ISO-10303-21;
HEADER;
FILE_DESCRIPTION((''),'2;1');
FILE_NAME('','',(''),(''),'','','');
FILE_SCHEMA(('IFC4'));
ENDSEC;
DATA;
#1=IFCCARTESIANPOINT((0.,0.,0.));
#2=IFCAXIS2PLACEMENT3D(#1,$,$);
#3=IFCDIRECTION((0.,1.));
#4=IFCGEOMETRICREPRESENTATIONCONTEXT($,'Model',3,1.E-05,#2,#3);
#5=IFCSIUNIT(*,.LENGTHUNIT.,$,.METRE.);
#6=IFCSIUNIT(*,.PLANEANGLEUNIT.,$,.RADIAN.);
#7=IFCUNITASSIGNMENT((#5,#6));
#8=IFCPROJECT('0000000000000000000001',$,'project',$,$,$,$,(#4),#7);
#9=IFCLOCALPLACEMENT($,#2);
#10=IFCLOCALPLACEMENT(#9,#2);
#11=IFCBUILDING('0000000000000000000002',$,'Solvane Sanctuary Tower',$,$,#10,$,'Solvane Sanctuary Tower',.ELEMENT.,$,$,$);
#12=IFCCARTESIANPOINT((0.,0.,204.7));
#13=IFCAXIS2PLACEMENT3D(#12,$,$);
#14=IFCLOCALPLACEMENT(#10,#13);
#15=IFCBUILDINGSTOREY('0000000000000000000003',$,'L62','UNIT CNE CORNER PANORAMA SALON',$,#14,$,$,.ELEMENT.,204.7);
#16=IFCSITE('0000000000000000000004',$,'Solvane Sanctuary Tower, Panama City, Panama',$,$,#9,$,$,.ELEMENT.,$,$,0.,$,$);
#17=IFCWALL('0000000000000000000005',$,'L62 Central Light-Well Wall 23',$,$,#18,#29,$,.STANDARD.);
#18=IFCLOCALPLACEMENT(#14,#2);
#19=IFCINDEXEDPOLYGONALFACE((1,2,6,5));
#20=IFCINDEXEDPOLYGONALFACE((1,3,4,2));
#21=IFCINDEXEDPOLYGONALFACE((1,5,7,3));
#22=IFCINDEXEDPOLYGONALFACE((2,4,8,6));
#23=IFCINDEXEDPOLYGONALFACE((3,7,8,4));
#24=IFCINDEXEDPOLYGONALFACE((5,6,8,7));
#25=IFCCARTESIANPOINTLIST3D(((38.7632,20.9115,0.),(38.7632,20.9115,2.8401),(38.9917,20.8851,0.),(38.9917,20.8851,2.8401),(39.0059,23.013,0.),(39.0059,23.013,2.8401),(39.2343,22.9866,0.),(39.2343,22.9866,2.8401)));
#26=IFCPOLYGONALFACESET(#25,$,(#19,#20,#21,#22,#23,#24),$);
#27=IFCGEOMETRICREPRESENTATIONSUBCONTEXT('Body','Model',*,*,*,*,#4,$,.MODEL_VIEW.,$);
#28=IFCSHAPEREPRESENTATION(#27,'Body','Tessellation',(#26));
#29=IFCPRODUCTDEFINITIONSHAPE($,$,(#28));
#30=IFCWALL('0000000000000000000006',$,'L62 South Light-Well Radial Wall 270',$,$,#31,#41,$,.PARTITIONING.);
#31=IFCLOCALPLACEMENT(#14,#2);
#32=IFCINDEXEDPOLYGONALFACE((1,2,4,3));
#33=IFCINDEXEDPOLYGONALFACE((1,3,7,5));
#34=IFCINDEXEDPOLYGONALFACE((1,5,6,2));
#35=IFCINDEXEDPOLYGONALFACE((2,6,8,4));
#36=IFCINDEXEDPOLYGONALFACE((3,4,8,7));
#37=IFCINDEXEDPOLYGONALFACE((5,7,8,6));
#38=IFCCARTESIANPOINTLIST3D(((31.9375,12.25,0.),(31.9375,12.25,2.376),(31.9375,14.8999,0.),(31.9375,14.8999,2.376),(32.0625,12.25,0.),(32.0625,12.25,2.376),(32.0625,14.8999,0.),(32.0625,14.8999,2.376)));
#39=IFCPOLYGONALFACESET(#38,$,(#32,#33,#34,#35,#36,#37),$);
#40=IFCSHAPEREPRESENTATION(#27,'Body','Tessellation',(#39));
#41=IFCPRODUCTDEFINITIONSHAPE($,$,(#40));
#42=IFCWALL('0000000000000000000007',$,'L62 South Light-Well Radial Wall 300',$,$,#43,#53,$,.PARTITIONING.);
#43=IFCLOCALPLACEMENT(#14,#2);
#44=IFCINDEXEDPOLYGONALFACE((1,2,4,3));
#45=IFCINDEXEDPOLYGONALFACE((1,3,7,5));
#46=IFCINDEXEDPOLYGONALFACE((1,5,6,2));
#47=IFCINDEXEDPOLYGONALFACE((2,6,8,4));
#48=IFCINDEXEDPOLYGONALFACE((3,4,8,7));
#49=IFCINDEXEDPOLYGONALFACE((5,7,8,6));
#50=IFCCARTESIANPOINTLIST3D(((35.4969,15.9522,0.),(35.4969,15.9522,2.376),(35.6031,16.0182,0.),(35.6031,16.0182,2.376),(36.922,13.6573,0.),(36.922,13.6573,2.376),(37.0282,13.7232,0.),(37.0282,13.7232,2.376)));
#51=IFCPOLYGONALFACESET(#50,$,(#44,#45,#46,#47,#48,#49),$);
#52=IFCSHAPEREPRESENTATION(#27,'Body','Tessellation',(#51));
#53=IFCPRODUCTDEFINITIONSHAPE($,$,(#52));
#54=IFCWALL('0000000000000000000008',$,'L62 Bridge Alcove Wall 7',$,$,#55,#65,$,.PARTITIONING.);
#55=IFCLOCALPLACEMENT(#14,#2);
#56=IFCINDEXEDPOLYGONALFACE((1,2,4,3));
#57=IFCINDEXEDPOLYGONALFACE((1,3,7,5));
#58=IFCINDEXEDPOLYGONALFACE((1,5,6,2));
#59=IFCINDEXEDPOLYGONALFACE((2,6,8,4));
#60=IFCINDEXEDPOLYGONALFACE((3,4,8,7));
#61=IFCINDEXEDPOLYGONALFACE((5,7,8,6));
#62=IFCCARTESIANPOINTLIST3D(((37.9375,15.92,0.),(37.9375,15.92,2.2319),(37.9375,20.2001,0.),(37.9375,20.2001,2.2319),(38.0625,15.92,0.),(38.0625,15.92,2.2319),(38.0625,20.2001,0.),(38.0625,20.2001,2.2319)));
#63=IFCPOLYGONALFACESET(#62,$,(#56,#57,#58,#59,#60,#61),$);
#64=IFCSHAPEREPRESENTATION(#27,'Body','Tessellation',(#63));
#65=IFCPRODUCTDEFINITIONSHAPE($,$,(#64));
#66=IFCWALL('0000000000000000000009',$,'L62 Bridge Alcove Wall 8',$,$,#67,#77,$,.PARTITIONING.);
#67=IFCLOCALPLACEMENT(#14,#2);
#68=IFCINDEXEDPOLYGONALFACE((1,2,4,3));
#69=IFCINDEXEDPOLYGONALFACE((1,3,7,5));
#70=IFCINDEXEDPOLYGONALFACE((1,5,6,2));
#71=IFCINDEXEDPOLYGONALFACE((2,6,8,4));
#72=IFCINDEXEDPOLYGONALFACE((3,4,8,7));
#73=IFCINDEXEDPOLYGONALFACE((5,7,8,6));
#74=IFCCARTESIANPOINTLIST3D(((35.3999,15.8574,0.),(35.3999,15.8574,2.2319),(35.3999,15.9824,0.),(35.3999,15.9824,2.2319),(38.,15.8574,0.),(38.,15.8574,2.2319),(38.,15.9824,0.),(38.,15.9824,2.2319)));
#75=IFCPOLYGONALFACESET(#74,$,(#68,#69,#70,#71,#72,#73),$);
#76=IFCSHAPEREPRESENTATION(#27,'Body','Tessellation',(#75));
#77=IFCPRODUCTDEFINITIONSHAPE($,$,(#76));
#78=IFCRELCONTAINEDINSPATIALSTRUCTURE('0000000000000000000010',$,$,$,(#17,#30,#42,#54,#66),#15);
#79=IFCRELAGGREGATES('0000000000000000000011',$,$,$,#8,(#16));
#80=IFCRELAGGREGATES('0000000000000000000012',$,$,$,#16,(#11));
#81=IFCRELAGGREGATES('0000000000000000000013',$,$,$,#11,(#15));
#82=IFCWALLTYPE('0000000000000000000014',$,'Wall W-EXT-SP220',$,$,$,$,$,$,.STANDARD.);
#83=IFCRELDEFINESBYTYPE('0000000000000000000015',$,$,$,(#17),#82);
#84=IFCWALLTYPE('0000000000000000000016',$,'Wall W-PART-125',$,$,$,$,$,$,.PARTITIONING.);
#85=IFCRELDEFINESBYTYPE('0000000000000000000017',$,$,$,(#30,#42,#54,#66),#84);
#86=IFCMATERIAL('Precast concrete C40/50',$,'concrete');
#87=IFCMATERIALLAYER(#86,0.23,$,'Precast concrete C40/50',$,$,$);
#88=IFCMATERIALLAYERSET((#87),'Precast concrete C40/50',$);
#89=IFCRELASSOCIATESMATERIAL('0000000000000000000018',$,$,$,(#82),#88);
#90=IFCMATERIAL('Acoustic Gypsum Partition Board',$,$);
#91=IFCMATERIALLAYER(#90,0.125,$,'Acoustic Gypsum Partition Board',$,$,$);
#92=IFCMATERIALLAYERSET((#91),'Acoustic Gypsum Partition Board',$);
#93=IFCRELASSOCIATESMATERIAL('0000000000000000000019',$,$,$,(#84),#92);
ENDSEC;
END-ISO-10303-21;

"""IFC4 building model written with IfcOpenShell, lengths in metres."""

from ifc_helpers import new_model, si_unit, direction, frame, frame_2d, origin, place, context, subcontext, project, spatial, rectangle, extrude, material, layer, layer_set, type_object, element, save


model = new_model("IFC4")

# Units and contexts
model_context = context("Model", 3, precision=1e-05, world=origin(), true_north=direction((0.0, 1.0)))
body_context = subcontext(model_context, "Body", "Model", "MODEL_VIEW")
ifc_project = project(units=[si_unit("LENGTHUNIT", "METRE"), si_unit("PLANEANGLEUNIT", "RADIAN")], contexts=[model_context])

# Site, building, storey
site_placement = place(None, origin())
site = spatial("IfcSite", under=ifc_project, at=site_placement, Name="Solvane Sanctuary Tower, Panama City, Panama", CompositionType="ELEMENT", RefElevation=0.0)
building_placement = place(site_placement, origin())
building = spatial("IfcBuilding", under=site, at=building_placement, Name="Solvane Sanctuary Tower", LongName="Solvane Sanctuary Tower", CompositionType="ELEMENT")
storey_placement = place(building_placement, frame((0.0, 0.0, 204.7)))
storey = spatial("IfcBuildingStorey", under=building, at=storey_placement, Name="L62", Description="UNIT CNE CORNER PANORAMA SALON", CompositionType="ELEMENT", Elevation=204.7)

# Shared definitions
ifc_material_1 = material(Name="Precast concrete C40/50", Category="concrete")
ifc_layer_1 = layer(ifc_material_1, 0.23, Name="Precast concrete C40/50")
ifc_layer_set_1 = layer_set([ifc_layer_1], Name="Precast concrete C40/50")
wall_type_1 = type_object("IfcWallType", Name="Wall W-EXT-SP220", PredefinedType="STANDARD", material=ifc_layer_set_1)

# Walls
wall_1_placement = place(storey_placement, frame((38.8774, 20.8984, 0.0), z_axis=(0.0, 0.0, 1.0), x_axis=(0.114712, 0.993399, 0.0)))
element("IfcWall", 1, at=wall_1_placement, inside=storey, type_object=wall_type_1, Name="L62 Central Light-Well Wall 23", PredefinedType="STANDARD", context=body_context, shape_type="SweptSolid", body=[
    extrude(rectangle(XDim=2.1155, YDim=0.23, at=frame_2d((1.0576, 0.0))), origin(), (0.0, 0.0, 1.0), 2.8401),
])
ifc_material_2 = material(Name="Acoustic Gypsum Partition Board")
ifc_layer_2 = layer(ifc_material_2, 0.125, Name="Acoustic Gypsum Partition Board")
ifc_layer_set_2 = layer_set([ifc_layer_2], Name="Acoustic Gypsum Partition Board")
wall_type_2 = type_object("IfcWallType", Name="Wall W-PART-125", PredefinedType="PARTITIONING", material=ifc_layer_set_2)
wall_2_placement = place(storey_placement, frame((32.0, 14.8999, 0.0), z_axis=(0.0, 0.0, 1.0), x_axis=(0.0, -1.0, 0.0)))
element("IfcWall", 2, at=wall_2_placement, inside=storey, type_object=wall_type_2, Name="L62 South Light-Well Radial Wall 270", PredefinedType="PARTITIONING", context=body_context, shape_type="SweptSolid", body=[
    extrude(rectangle(XDim=2.6499, YDim=0.125, at=frame_2d((1.325, 0.0))), origin(), (0.0, 0.0, 1.0), 2.376),
])
wall_3_placement = place(storey_placement, frame((35.55, 15.9851, 0.0), z_axis=(0.0, 0.0, 1.0), x_axis=(0.527527, -0.849538, 0.0)))
element("IfcWall", 3, at=wall_3_placement, inside=storey, type_object=wall_type_2, Name="L62 South Light-Well Radial Wall 300", PredefinedType="PARTITIONING", context=body_context, shape_type="SweptSolid", body=[
    extrude(rectangle(XDim=2.7014, YDim=0.125, at=frame_2d((1.3506, 0.0))), origin(), (0.0, 0.0, 1.0), 2.376),
])
wall_4_placement = place(storey_placement, frame((38.0, 15.9199, 0.0), z_axis=(0.0, 0.0, 1.0), x_axis=(0.0, 1.0, 0.0)))
element("IfcWall", 4, at=wall_4_placement, inside=storey, type_object=wall_type_2, Name="L62 Bridge Alcove Wall 7", PredefinedType="PARTITIONING", context=body_context, shape_type="SweptSolid", body=[
    extrude(rectangle(XDim=4.28, YDim=0.125, at=frame_2d((2.1401, 0.0))), origin(), (0.0, 0.0, 1.0), 2.2319),
])
wall_5_placement = place(storey_placement, frame((35.3999, 15.9199, 0.0), z_axis=(0.0, 0.0, 1.0), x_axis=(1.0, 0.0, 0.0)))
element("IfcWall", 5, at=wall_5_placement, inside=storey, type_object=wall_type_2, Name="L62 Bridge Alcove Wall 8", PredefinedType="PARTITIONING", context=body_context, shape_type="SweptSolid", body=[
    extrude(rectangle(XDim=2.6001, YDim=0.125, at=frame_2d((1.3, 0.0))), origin(), (0.0, 0.0, 1.0), 2.2319),
])

save(model, "model.ifc")
